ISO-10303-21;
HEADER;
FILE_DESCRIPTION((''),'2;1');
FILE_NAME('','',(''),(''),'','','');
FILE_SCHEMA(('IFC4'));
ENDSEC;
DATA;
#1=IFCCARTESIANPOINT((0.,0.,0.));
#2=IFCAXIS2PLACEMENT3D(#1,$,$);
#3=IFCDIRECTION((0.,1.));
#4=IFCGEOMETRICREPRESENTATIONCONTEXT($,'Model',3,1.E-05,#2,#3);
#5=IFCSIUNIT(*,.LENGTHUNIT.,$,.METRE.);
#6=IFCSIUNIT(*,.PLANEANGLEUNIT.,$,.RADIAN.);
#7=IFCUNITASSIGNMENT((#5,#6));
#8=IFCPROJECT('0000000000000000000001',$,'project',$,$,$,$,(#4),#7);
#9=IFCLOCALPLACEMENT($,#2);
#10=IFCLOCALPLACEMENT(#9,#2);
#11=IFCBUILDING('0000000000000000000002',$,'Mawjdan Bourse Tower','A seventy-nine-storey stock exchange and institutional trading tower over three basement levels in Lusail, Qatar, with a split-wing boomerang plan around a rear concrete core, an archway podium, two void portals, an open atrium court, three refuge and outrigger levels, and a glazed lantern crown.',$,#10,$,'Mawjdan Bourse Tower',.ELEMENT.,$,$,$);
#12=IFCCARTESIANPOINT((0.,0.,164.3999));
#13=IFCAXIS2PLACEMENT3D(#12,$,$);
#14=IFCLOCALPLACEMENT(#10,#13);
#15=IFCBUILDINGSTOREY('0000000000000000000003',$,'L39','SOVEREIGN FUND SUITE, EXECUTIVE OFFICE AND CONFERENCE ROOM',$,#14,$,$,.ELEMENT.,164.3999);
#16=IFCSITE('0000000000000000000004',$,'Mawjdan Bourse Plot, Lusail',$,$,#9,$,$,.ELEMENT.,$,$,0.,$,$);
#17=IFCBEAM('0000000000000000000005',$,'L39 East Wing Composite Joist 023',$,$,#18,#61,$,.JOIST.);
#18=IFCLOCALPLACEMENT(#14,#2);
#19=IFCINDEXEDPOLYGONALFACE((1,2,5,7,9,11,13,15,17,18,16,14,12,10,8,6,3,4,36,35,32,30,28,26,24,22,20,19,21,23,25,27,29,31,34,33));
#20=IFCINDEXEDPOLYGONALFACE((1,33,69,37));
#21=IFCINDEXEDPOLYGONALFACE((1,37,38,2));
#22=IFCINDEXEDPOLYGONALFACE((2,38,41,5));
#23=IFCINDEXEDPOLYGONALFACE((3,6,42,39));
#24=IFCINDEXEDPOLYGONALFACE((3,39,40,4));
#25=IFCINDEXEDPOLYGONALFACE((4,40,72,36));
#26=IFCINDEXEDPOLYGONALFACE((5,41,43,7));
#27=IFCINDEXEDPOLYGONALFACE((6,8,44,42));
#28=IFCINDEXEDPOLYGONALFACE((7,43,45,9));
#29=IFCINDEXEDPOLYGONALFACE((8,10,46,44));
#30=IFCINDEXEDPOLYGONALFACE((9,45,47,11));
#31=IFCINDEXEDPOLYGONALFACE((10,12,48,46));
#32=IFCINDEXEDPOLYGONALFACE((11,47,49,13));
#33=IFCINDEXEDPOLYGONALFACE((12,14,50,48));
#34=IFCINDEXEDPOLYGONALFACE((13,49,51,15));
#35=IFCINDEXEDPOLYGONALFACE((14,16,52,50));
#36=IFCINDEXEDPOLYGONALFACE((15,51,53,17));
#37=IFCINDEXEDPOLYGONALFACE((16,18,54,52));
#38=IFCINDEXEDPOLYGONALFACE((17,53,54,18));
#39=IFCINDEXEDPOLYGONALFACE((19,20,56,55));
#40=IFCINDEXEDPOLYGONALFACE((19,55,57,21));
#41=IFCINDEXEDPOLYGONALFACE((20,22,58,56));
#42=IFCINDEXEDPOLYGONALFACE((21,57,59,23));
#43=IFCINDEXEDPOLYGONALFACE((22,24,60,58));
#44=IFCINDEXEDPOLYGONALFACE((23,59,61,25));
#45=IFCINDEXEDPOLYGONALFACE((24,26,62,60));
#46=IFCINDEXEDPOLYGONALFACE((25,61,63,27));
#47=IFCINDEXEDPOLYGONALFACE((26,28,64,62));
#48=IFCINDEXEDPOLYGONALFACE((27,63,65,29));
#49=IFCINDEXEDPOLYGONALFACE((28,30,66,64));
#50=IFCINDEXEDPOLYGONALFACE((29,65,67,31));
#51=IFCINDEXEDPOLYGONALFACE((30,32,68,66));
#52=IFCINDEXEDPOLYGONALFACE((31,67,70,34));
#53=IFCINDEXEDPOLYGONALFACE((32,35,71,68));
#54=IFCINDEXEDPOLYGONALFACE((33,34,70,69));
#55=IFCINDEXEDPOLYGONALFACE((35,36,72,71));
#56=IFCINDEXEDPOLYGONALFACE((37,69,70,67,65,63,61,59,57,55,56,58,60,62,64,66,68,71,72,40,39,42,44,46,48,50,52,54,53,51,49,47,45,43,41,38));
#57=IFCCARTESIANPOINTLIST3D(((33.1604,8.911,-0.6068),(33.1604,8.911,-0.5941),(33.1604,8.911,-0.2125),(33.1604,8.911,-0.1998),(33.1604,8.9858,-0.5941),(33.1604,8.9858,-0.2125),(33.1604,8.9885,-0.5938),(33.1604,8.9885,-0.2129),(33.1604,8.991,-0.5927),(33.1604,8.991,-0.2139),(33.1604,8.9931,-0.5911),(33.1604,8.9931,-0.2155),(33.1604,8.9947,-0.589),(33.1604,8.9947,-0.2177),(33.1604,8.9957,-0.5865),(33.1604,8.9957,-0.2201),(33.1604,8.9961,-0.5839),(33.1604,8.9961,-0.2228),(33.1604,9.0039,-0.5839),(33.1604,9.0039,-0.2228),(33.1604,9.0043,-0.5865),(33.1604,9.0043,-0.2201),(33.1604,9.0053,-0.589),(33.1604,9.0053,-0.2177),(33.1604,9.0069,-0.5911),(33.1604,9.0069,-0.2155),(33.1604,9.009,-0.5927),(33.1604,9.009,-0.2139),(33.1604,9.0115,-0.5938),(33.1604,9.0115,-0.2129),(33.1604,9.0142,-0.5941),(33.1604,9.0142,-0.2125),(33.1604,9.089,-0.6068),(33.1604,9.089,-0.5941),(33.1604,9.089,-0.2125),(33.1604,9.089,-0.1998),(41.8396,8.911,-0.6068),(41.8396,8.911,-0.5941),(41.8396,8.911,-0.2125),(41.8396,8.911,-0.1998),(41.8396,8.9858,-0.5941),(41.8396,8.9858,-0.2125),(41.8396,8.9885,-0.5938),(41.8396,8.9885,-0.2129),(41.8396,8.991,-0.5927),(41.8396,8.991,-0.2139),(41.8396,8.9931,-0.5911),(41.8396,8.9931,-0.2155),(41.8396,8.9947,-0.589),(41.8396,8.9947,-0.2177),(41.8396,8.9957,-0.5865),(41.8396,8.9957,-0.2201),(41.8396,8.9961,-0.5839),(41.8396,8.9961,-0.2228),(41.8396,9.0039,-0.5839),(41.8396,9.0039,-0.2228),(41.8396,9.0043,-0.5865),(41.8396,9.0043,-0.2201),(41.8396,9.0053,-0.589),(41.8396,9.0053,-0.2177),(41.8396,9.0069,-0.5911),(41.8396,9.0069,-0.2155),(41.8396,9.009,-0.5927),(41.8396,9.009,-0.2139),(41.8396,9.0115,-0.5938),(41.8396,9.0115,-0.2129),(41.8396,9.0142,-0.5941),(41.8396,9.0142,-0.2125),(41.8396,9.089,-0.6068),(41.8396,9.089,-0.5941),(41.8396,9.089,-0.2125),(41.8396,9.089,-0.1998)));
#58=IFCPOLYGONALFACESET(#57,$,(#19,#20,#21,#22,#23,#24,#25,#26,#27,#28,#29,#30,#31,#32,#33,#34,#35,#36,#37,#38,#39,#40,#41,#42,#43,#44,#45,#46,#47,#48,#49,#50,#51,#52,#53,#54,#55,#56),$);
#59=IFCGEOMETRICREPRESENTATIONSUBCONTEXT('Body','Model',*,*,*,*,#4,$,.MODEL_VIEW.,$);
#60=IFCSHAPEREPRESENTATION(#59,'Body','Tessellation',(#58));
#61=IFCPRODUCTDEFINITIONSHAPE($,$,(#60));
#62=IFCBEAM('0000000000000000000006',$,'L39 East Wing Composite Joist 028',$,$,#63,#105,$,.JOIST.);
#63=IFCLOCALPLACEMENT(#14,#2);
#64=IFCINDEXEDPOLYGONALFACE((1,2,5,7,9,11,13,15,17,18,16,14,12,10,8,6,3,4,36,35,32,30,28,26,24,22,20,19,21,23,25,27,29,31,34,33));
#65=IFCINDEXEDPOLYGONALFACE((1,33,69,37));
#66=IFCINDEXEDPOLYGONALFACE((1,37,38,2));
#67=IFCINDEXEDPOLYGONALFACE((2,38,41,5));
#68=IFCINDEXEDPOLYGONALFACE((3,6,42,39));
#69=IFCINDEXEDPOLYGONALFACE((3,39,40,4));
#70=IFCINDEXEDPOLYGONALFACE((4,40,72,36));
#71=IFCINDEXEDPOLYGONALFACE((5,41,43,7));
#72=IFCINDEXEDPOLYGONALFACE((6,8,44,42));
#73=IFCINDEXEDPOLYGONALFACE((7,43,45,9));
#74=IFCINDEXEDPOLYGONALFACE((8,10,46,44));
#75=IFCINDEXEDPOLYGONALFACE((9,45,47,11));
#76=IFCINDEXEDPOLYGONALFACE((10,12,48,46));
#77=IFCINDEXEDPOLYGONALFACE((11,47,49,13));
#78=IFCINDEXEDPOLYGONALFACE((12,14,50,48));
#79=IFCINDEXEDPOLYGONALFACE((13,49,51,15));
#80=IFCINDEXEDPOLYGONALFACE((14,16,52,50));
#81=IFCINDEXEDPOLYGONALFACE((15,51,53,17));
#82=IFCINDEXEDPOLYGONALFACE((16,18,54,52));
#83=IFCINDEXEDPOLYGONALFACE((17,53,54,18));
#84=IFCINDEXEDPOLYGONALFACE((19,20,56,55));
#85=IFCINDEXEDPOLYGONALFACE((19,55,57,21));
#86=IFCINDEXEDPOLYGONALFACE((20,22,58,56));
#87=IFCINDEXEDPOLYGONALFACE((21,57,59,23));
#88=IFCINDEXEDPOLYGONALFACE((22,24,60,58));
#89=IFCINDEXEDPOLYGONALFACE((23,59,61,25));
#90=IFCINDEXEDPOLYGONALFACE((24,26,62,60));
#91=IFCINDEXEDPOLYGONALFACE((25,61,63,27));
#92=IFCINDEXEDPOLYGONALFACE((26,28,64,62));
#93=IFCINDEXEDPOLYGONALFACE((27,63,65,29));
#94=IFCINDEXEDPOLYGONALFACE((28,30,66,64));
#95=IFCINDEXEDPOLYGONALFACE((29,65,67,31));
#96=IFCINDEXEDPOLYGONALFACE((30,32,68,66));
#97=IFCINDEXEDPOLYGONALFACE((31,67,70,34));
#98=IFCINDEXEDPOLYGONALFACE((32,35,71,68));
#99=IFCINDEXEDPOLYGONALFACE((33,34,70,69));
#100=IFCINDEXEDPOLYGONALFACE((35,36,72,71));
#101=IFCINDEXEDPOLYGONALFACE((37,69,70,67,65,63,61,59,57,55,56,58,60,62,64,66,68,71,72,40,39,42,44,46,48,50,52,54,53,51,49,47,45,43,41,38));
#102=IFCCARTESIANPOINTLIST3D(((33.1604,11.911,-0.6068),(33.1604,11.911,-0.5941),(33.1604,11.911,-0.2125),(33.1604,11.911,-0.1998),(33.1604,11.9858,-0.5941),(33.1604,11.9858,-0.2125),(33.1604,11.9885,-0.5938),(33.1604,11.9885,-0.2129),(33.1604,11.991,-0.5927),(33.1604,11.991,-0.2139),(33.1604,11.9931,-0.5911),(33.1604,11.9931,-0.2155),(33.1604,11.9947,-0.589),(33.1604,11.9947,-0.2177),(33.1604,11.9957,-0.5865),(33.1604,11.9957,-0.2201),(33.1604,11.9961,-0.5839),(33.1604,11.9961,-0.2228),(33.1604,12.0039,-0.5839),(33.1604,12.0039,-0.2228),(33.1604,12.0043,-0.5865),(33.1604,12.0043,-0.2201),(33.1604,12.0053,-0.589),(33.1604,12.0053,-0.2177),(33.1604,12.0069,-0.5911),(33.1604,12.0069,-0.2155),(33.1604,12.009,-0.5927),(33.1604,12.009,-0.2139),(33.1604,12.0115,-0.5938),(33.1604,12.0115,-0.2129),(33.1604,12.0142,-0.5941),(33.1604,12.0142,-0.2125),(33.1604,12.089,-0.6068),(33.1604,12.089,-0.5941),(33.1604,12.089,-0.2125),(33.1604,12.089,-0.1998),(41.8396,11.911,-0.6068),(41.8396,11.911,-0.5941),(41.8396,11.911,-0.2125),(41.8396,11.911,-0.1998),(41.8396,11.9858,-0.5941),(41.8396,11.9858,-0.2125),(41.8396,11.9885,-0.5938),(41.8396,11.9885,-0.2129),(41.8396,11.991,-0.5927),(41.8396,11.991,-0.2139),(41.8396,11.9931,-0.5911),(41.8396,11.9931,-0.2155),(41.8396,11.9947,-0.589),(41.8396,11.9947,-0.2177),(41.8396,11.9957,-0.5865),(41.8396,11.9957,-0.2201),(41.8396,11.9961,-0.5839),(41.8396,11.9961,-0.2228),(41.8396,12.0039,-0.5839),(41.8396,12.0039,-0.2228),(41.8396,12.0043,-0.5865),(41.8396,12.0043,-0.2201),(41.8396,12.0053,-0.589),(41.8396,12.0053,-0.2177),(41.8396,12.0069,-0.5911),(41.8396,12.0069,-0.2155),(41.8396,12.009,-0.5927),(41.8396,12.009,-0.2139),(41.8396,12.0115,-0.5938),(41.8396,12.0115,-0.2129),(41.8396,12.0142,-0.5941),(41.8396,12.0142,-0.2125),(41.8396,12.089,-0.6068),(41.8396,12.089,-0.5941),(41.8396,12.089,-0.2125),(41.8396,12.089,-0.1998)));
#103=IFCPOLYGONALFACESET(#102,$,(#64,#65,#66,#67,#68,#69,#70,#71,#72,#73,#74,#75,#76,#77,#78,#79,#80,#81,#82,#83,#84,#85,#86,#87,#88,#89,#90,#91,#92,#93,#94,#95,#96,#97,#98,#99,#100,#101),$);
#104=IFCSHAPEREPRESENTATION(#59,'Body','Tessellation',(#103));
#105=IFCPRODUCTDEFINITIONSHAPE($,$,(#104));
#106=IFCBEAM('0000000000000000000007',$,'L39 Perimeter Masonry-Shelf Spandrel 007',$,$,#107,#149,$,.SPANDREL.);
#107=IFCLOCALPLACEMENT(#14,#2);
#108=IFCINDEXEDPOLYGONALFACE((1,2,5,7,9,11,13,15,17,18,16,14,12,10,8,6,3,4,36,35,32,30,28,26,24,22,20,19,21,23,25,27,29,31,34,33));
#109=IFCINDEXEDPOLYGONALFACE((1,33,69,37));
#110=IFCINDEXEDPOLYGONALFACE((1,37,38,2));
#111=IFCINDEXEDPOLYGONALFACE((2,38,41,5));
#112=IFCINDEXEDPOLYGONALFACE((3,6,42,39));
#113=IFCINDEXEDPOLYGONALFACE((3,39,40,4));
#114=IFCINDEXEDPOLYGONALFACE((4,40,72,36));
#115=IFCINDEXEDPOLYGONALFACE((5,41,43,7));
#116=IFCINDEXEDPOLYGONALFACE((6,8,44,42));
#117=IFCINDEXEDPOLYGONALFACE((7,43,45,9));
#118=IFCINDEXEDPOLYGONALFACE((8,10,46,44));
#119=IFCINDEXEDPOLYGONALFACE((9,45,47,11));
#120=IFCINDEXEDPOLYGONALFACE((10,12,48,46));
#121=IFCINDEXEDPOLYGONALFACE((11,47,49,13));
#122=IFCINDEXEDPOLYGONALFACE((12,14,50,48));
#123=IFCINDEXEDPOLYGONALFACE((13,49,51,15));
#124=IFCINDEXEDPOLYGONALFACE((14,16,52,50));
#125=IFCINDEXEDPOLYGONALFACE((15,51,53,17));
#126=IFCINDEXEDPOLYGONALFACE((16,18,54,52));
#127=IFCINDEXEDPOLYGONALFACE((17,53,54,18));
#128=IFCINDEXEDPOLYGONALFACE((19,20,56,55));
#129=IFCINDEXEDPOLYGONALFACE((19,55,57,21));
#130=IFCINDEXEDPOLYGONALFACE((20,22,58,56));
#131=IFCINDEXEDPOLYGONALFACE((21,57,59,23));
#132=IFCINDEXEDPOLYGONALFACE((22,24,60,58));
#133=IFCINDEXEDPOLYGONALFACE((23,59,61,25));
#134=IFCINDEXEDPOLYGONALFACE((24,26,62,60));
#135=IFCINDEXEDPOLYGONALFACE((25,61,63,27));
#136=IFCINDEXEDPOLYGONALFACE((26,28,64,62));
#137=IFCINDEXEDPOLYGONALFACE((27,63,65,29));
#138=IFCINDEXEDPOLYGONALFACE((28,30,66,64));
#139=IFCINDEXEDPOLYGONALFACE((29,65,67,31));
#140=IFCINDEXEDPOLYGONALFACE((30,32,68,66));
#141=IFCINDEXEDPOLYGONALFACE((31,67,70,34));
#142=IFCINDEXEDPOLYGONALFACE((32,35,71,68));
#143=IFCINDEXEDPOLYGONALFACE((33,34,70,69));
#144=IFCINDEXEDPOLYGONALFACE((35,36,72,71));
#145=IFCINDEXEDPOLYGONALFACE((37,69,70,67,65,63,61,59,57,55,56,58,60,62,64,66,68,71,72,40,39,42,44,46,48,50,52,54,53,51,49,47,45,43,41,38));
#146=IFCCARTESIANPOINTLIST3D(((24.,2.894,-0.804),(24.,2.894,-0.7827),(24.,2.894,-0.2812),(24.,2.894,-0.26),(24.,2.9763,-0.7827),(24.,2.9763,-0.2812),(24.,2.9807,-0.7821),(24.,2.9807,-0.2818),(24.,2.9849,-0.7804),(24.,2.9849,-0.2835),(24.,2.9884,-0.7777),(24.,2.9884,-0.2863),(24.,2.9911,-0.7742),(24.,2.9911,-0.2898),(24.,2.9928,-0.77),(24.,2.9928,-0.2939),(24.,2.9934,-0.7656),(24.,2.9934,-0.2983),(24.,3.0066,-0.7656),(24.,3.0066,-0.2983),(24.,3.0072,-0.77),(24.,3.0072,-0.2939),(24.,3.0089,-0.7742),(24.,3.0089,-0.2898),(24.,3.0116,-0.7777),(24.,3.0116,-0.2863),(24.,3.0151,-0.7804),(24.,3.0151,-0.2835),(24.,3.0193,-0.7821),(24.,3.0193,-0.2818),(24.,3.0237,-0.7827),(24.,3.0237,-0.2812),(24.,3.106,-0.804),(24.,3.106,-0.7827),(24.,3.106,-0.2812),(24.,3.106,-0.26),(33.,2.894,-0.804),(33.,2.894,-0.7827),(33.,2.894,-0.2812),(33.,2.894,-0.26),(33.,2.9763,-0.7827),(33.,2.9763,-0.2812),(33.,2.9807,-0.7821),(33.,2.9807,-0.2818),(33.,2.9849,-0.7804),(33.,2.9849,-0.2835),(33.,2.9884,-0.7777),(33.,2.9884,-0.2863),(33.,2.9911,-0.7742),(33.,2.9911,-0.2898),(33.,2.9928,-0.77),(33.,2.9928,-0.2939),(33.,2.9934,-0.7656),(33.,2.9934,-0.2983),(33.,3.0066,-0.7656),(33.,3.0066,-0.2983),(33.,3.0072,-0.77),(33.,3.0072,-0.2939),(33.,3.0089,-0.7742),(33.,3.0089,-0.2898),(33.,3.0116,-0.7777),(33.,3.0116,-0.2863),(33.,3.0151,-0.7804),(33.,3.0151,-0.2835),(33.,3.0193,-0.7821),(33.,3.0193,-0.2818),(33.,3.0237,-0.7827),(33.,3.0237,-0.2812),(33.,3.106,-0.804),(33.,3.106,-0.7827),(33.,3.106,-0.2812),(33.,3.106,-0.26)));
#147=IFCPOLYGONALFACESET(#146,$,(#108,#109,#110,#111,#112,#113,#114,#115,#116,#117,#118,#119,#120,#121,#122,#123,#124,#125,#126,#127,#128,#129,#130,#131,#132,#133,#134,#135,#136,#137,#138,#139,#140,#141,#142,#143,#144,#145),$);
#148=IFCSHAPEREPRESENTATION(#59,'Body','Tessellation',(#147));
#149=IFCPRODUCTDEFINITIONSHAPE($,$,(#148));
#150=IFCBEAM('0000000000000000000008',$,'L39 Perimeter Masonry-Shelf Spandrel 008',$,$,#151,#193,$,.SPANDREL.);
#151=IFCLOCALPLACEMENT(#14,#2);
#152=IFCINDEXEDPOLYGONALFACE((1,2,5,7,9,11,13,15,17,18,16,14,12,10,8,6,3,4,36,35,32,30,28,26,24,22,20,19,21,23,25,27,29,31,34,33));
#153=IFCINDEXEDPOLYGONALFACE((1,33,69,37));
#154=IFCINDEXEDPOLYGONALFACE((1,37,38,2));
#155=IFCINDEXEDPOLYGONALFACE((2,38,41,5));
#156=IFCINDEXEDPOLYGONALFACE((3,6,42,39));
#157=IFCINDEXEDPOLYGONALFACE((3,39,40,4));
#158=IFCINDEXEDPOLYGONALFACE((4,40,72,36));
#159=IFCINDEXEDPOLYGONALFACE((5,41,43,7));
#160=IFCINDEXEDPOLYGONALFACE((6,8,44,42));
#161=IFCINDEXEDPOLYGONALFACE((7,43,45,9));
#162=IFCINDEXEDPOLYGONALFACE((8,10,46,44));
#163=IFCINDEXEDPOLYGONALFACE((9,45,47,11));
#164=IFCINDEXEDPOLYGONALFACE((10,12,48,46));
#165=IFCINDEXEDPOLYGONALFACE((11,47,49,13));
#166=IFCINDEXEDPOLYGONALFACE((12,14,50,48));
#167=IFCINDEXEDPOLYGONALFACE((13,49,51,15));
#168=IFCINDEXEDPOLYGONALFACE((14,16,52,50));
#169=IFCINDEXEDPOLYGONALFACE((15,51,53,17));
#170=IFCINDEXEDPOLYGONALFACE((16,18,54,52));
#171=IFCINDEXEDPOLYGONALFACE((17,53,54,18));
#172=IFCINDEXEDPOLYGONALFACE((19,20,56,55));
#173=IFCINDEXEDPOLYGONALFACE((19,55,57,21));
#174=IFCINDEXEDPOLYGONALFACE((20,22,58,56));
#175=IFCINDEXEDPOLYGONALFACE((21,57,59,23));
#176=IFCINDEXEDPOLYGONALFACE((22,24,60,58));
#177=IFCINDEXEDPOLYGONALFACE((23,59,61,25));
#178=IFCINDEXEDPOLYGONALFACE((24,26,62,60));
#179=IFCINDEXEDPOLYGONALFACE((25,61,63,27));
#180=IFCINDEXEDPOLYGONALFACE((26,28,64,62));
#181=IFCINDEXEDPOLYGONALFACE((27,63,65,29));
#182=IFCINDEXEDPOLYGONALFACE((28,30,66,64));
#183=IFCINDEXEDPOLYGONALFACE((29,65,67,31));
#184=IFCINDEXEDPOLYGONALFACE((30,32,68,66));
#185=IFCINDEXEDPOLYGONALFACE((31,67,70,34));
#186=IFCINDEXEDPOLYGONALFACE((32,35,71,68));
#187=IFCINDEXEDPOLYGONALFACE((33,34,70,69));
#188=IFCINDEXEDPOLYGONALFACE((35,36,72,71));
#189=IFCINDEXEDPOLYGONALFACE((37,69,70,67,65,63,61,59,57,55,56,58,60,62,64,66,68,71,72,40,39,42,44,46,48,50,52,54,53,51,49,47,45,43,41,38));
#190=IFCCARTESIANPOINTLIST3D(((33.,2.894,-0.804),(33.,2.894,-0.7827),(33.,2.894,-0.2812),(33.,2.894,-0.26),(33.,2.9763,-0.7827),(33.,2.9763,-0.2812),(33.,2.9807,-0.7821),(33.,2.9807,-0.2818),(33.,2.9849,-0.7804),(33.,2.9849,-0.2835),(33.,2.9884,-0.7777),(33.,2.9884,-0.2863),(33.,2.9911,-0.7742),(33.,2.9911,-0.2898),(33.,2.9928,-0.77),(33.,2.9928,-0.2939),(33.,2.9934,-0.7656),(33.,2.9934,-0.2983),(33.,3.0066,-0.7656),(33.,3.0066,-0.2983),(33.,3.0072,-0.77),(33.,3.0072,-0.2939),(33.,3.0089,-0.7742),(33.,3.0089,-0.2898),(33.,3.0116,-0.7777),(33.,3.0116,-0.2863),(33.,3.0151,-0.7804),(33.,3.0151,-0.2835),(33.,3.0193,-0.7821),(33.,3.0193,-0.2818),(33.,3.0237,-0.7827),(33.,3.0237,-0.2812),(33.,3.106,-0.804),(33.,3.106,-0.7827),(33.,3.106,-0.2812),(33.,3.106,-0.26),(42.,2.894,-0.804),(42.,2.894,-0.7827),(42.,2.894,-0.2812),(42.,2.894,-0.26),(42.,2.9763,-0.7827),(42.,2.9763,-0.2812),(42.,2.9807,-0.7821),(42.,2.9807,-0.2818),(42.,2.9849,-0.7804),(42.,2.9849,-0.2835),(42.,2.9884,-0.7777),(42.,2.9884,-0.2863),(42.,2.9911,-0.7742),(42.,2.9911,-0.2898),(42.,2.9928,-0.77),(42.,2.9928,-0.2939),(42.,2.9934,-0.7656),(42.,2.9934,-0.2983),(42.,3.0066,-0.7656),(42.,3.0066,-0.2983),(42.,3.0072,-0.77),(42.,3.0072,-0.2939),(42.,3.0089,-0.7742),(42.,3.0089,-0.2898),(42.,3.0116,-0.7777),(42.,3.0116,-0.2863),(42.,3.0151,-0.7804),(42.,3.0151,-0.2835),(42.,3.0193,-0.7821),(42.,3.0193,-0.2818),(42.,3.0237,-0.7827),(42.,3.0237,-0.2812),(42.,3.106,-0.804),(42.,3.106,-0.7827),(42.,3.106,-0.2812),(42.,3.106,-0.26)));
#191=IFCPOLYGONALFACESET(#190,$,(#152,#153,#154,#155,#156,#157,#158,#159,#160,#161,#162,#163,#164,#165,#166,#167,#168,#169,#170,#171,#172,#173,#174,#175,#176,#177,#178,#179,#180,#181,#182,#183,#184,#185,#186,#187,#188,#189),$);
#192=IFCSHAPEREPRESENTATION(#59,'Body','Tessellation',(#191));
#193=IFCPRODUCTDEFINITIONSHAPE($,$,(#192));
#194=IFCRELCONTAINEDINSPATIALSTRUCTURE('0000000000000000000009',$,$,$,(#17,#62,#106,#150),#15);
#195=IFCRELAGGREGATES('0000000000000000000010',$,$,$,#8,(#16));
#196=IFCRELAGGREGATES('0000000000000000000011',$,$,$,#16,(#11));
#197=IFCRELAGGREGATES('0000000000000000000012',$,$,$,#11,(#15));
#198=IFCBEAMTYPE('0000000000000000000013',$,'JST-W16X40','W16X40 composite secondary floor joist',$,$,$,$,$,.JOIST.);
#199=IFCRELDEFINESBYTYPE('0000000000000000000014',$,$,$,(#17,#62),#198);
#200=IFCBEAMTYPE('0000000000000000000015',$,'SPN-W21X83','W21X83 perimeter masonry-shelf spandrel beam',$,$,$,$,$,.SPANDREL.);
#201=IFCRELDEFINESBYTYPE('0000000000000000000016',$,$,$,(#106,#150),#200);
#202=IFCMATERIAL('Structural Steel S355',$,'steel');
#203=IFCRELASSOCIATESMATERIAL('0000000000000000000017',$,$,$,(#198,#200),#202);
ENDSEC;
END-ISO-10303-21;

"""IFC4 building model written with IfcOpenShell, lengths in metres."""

from ifc_helpers import new_model, si_unit, direction, frame, origin, origin_2d, place, context, subcontext, project, spatial, i_section, extrude, material, material_profile, profile_set, type_object, element, save


model = new_model("IFC4")

# Units and contexts
model_context = context("Model", 3, precision=1e-05, world=origin(), true_north=direction((0.0, 1.0)))
body_context = subcontext(model_context, "Body", "Model", "MODEL_VIEW")
ifc_project = project(units=[si_unit("LENGTHUNIT", "METRE"), si_unit("PLANEANGLEUNIT", "RADIAN")], contexts=[model_context])

# Site, building, storey
site_placement = place(None, origin())
site = spatial("IfcSite", under=ifc_project, at=site_placement, Name="Mawjdan Bourse Plot, Lusail", CompositionType="ELEMENT", RefElevation=0.0)
building_placement = place(site_placement, origin())
building = spatial("IfcBuilding", under=site, at=building_placement, Name="Mawjdan Bourse Tower", Description="A seventy-nine-storey stock exchange and institutional trading tower over three basement levels in Lusail, Qatar, with a split-wing boomerang plan around a rear concrete core, an archway podium, two void portals, an open atrium court, three refuge and outrigger levels, and a glazed lantern crown.", LongName="Mawjdan Bourse Tower", CompositionType="ELEMENT")
storey_placement = place(building_placement, frame((0.0, 0.0, 164.3999)))
storey = spatial("IfcBuildingStorey", under=building, at=storey_placement, Name="L39", Description="SOVEREIGN FUND SUITE, EXECUTIVE OFFICE AND CONFERENCE ROOM", CompositionType="ELEMENT", Elevation=164.3999)

# Beams
ifc_material_1 = material(Name="Structural Steel S355", Category="steel")
ifc_material_profile_1 = material_profile(ifc_material_1, i_section(OverallWidth=0.178, OverallDepth=0.407, WebThickness=0.0078, FlangeThickness=0.0127, FilletRadius=0.0103, at=origin_2d()), Name="W16X40")
ifc_profile_set_1 = profile_set([ifc_material_profile_1], Name="Structural Steel S355")
beam_type_1 = type_object("IfcBeamType", Name="JST-W16X40", Description="W16X40 composite secondary floor joist", PredefinedType="JOIST", material=ifc_profile_set_1)
for number, where, z_axis, x_axis, name in (
    (1, (33.1604, 9.0, -0.4033), (1.0, 0.0, 0.0), (0.0, 1.0, 0.0), "L39 East Wing Composite Joist 023"),
    (2, (33.1604, 12.0, -0.4033), (1.0, 0.0, 0.0), (0.0, 1.0, 0.0), "L39 East Wing Composite Joist 028"),
):
    element("IfcBeam", number, at=place(storey_placement, frame(where, z_axis=z_axis, x_axis=x_axis)), inside=storey, type_object=beam_type_1, Name=name, PredefinedType="JOIST", context=body_context, shape_type="SweptSolid", body=[
        extrude(i_section(OverallWidth=0.178, OverallDepth=0.407, WebThickness=0.0078, FlangeThickness=0.0127, FilletRadius=0.0103, at=origin_2d()), origin(), (0.0, 0.0, 1.0), 8.6792),
    ])
ifc_material_profile_2 = material_profile(ifc_material_1, i_section(OverallWidth=0.2119, OverallDepth=0.5439, WebThickness=0.0132, FlangeThickness=0.0212, FilletRadius=0.0171, at=origin_2d()), Name="W21X83")
ifc_profile_set_2 = profile_set([ifc_material_profile_2], Name="Structural Steel S355")
beam_type_2 = type_object("IfcBeamType", Name="SPN-W21X83", Description="W21X83 perimeter masonry-shelf spandrel beam", PredefinedType="SPANDREL", material=ifc_profile_set_2)
for number, where, z_axis, x_axis, name in (
    (3, (24.0, 3.0, -0.532), (1.0, 0.0, 0.0), (0.0, 1.0, 0.0), "L39 Perimeter Masonry-Shelf Spandrel 007"),
    (4, (33.0, 3.0, -0.532), (1.0, 0.0, 0.0), (0.0, 1.0, 0.0), "L39 Perimeter Masonry-Shelf Spandrel 008"),
):
    element("IfcBeam", number, at=place(storey_placement, frame(where, z_axis=z_axis, x_axis=x_axis)), inside=storey, type_object=beam_type_2, Name=name, PredefinedType="SPANDREL", context=body_context, shape_type="SweptSolid", body=[
        extrude(i_section(OverallWidth=0.2119, OverallDepth=0.5439, WebThickness=0.0132, FlangeThickness=0.0212, FilletRadius=0.0171, at=origin_2d()), origin(), (0.0, 0.0, 1.0), 9.0),
    ])

save(model, "model.ifc")
